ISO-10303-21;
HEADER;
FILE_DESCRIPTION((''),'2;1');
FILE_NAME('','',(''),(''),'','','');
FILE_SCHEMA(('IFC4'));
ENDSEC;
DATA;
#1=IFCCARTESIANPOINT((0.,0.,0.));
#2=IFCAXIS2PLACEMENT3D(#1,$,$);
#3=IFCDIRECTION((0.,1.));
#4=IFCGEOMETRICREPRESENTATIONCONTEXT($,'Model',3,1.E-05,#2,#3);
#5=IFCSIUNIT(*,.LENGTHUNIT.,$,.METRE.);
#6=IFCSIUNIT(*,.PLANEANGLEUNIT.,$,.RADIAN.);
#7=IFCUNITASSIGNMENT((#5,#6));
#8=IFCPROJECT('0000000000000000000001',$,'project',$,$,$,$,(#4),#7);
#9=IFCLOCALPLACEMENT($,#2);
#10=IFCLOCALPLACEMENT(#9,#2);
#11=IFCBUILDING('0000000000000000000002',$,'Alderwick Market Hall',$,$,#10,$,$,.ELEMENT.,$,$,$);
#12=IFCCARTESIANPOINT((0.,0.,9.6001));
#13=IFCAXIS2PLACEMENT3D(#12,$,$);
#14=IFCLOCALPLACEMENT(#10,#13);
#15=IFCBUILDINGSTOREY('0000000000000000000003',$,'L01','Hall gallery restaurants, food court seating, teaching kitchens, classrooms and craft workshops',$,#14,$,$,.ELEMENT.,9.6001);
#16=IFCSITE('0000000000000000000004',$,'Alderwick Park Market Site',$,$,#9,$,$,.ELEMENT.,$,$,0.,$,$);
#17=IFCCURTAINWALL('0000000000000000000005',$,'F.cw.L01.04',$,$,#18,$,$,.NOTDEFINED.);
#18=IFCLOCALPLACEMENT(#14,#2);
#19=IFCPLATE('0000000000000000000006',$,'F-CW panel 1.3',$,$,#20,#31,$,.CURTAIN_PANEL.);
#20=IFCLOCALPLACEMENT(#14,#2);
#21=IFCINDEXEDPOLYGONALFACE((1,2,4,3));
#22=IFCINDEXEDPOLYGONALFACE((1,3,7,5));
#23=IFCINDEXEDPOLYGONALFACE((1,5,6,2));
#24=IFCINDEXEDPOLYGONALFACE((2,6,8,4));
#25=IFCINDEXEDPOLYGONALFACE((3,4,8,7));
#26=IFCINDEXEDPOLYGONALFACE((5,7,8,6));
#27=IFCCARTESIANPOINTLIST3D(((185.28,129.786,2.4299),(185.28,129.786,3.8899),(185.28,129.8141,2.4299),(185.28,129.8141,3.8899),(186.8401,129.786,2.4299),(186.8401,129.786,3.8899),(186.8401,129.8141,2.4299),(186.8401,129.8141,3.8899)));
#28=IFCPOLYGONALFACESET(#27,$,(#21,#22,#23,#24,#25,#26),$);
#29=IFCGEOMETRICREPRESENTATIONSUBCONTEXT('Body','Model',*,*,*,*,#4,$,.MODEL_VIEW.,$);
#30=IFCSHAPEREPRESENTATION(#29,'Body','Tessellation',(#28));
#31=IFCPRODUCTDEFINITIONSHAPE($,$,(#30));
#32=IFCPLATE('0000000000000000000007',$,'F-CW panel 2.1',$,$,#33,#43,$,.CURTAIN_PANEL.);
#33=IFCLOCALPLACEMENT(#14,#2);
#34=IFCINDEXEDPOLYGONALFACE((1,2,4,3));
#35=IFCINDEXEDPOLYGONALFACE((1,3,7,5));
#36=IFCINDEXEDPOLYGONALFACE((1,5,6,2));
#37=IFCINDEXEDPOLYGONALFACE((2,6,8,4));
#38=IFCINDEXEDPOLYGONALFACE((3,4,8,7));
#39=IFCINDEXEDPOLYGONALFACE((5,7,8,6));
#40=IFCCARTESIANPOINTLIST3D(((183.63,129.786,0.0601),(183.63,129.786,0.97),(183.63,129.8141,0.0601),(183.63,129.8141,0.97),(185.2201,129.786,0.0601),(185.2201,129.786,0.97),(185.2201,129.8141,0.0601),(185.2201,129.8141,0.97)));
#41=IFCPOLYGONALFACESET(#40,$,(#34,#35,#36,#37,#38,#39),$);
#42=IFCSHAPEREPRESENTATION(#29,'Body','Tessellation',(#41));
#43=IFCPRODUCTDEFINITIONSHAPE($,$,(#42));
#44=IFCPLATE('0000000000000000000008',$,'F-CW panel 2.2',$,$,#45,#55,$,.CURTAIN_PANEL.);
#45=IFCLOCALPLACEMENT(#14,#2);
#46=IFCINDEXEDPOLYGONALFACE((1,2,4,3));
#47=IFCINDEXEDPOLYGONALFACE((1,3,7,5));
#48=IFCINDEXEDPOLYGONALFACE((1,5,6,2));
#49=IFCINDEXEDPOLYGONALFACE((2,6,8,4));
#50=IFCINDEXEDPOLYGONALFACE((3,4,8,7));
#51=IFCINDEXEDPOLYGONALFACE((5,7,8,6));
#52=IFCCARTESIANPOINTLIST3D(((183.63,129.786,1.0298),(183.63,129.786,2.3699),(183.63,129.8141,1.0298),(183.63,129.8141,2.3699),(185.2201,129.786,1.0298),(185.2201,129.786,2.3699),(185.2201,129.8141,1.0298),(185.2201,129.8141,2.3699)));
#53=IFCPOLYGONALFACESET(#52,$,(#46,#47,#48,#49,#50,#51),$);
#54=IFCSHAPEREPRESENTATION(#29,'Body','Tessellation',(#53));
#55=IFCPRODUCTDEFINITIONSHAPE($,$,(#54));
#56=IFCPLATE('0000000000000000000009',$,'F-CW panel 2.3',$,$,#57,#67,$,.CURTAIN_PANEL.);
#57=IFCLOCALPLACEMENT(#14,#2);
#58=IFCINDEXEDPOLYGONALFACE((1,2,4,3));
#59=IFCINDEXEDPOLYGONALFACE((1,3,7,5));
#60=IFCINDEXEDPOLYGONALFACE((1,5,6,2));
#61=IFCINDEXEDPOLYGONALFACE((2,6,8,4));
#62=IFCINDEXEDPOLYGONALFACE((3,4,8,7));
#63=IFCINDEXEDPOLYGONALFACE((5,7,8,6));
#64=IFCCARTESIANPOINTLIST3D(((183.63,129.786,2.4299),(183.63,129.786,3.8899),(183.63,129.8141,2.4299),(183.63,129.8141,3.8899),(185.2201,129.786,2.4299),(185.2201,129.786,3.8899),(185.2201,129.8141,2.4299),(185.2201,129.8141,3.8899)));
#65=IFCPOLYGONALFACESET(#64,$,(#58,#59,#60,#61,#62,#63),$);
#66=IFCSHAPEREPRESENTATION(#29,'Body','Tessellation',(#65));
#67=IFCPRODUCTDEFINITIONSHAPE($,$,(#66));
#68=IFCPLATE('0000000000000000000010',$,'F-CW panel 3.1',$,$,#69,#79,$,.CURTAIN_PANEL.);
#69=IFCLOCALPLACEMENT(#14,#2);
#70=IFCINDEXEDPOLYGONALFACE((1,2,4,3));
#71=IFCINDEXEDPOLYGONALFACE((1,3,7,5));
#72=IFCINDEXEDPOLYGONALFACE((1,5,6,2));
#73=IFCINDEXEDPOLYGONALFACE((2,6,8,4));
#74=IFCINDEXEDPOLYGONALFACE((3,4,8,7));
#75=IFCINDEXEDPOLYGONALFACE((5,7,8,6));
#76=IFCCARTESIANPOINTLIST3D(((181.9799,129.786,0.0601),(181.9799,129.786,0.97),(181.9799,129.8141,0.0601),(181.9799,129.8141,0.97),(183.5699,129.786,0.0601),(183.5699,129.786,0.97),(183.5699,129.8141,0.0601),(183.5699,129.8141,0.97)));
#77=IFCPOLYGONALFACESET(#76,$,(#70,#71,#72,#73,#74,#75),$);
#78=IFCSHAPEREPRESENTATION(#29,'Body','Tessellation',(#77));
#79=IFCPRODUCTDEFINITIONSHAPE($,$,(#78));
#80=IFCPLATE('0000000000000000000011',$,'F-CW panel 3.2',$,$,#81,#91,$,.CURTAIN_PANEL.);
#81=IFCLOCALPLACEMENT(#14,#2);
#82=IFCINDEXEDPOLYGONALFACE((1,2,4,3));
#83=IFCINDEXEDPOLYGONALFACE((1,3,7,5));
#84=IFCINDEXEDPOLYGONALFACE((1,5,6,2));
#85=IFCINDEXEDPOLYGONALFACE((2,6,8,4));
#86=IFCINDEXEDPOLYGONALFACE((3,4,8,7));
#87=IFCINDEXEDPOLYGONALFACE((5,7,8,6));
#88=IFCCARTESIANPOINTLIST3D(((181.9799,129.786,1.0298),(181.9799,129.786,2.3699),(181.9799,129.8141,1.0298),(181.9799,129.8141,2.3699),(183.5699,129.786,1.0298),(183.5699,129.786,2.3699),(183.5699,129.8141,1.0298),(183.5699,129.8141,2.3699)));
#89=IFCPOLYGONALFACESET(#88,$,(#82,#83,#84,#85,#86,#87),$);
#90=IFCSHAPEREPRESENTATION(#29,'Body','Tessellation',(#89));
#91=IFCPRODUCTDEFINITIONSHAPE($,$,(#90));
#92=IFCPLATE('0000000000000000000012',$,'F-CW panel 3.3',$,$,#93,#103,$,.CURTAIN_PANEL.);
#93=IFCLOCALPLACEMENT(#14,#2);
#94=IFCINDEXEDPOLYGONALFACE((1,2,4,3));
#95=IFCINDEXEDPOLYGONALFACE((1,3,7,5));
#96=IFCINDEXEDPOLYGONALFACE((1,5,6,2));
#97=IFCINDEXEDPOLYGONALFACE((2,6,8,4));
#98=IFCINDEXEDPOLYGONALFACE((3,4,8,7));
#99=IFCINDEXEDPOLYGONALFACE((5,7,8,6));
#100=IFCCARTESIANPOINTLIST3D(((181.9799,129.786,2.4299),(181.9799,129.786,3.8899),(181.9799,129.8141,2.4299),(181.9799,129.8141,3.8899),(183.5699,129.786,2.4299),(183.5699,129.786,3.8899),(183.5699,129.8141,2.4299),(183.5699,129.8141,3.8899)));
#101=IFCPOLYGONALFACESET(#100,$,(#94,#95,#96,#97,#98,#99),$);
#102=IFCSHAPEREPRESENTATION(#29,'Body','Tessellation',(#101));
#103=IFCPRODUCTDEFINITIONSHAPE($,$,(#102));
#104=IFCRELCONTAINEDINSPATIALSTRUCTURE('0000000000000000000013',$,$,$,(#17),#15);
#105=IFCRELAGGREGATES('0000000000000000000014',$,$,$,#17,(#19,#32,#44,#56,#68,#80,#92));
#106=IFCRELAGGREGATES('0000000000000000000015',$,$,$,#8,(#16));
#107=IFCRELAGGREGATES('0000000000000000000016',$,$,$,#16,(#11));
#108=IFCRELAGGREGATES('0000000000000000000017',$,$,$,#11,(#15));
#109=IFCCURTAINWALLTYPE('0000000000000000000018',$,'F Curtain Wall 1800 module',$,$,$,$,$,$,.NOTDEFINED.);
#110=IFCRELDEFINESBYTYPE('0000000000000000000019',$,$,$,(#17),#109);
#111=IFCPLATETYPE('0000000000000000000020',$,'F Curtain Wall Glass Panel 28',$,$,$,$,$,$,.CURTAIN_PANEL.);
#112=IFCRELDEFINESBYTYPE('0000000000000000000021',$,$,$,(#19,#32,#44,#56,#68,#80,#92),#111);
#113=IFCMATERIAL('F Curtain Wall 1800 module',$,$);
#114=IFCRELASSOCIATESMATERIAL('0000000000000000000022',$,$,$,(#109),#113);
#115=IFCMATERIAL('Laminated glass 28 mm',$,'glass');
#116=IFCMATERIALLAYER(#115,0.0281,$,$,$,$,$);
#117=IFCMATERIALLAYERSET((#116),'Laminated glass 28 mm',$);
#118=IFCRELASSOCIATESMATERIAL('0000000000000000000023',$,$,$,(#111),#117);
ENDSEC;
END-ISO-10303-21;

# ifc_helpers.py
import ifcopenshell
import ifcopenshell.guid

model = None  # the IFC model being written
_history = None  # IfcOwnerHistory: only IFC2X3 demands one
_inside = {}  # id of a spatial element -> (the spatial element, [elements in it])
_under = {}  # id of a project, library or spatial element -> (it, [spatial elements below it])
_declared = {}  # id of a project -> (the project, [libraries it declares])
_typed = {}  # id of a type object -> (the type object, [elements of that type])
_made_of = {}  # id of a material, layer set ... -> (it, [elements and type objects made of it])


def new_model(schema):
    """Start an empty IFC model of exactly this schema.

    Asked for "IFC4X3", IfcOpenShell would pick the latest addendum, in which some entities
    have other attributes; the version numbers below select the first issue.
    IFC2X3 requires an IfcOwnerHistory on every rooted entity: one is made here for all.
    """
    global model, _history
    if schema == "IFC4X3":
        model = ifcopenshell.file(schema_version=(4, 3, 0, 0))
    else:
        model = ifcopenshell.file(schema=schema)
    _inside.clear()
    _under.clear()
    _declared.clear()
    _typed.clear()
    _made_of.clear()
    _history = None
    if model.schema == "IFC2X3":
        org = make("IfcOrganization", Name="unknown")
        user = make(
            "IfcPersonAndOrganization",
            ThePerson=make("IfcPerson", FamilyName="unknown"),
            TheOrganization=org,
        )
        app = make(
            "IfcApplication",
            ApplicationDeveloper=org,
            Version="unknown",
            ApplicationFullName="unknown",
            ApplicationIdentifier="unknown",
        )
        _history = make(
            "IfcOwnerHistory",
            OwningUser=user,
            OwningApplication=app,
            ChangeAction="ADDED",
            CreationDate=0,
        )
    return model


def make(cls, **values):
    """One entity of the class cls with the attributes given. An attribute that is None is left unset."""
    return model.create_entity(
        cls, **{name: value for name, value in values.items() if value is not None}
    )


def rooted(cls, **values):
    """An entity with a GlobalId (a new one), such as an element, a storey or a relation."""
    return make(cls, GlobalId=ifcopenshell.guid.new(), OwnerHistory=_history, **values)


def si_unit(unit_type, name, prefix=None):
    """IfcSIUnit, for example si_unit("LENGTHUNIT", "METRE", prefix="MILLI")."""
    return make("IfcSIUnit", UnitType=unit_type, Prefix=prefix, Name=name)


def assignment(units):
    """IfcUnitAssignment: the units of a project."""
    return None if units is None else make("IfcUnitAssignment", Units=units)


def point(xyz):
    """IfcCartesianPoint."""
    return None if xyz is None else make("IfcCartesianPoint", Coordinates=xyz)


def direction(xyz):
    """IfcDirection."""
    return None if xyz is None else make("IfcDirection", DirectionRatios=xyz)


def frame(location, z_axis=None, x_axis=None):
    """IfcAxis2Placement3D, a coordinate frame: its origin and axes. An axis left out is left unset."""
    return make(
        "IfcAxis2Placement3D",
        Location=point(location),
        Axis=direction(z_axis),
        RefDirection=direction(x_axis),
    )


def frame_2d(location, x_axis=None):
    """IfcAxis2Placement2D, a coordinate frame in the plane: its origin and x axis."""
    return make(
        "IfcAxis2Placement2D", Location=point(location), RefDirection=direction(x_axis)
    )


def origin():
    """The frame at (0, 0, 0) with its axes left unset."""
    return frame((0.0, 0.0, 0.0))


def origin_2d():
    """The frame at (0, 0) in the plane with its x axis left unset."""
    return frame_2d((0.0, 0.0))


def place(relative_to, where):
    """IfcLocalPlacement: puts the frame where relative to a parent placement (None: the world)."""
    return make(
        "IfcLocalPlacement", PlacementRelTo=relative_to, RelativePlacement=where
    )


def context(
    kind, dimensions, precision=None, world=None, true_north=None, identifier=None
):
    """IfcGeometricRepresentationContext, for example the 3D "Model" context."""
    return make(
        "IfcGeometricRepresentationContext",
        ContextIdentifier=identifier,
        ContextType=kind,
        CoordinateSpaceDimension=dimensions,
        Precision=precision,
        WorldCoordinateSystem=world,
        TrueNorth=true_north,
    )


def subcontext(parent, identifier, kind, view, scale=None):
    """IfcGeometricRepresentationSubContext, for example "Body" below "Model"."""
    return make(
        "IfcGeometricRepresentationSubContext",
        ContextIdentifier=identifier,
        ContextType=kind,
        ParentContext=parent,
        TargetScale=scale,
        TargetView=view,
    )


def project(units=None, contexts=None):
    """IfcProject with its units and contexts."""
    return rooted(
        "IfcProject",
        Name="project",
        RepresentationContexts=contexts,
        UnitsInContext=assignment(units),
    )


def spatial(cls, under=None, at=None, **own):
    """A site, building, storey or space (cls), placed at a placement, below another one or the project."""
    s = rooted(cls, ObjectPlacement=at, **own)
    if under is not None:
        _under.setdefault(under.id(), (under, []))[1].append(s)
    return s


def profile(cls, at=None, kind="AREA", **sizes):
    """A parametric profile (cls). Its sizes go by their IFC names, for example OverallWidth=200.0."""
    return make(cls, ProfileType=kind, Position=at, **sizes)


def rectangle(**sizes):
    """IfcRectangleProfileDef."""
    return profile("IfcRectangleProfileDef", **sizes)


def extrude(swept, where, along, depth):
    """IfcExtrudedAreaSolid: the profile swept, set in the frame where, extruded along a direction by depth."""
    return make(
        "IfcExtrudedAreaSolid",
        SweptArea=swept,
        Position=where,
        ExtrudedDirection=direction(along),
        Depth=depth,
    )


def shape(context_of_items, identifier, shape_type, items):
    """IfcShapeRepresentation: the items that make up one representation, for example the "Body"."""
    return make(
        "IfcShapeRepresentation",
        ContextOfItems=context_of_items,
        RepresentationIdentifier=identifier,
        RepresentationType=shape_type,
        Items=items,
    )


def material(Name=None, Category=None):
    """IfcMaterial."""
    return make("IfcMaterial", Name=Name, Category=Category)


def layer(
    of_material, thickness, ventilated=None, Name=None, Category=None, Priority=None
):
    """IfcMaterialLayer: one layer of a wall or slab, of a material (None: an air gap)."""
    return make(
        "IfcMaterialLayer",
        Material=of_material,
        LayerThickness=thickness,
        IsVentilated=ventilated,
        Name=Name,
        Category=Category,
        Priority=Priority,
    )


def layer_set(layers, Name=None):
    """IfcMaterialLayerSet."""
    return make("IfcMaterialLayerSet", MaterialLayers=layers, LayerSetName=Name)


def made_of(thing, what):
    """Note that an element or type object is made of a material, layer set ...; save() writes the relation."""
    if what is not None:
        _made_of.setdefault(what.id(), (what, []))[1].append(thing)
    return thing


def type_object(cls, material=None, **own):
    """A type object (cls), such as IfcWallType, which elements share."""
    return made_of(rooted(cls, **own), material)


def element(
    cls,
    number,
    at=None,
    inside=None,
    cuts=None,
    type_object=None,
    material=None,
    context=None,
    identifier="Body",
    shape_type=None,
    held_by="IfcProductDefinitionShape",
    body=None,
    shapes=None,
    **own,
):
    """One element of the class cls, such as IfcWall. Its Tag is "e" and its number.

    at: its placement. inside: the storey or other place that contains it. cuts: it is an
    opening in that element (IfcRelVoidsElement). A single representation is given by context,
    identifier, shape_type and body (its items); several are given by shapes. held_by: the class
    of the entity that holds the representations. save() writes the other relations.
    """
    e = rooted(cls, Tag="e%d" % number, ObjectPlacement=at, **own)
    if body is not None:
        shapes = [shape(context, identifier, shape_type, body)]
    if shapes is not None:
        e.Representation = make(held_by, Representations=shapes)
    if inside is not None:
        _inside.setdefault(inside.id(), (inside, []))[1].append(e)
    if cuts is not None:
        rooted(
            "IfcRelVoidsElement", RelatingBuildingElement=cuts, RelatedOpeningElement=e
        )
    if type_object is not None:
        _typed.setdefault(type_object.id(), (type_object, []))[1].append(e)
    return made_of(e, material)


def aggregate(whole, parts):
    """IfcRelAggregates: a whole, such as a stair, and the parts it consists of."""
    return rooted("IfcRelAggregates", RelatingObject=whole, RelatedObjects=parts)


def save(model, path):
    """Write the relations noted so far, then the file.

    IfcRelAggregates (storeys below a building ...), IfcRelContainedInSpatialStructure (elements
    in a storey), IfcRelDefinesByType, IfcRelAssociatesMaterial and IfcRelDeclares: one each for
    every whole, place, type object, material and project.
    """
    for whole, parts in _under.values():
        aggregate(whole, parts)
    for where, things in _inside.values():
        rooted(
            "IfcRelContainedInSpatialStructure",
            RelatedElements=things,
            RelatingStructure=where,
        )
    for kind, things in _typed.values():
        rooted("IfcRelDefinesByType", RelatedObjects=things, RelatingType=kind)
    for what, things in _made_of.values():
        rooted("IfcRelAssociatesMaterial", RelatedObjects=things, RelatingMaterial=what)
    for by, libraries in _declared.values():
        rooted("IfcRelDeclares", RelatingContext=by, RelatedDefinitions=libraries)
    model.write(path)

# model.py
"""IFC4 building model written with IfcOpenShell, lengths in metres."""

from ifc_helpers import new_model, si_unit, direction, frame, origin, origin_2d, place, context, subcontext, project, spatial, rectangle, extrude, material, layer, layer_set, type_object, element, aggregate, save


model = new_model("IFC4")

# Units and contexts
model_context = context("Model", 3, precision=1e-05, world=origin(), true_north=direction((0.0, 1.0)))
body_context = subcontext(model_context, "Body", "Model", "MODEL_VIEW")
ifc_project = project(units=[si_unit("LENGTHUNIT", "METRE"), si_unit("PLANEANGLEUNIT", "RADIAN")], contexts=[model_context])

# Site, building, storey
site_placement = place(None, origin())
site = spatial("IfcSite", under=ifc_project, at=site_placement, Name="Alderwick Park Market Site", CompositionType="ELEMENT", RefElevation=0.0)
building_placement = place(site_placement, origin())
building = spatial("IfcBuilding", under=site, at=building_placement, Name="Alderwick Market Hall", CompositionType="ELEMENT")
storey_placement = place(building_placement, frame((0.0, 0.0, 9.6001)))
storey = spatial("IfcBuildingStorey", under=building, at=storey_placement, Name="L01", Description="Hall gallery restaurants, food court seating, teaching kitchens, classrooms and craft workshops", CompositionType="ELEMENT", Elevation=9.6001)

# Curtain wall, plates
ifc_material_1 = material(Name="F Curtain Wall 1800 module")
curtain_wall_type = type_object("IfcCurtainWallType", Name="F Curtain Wall 1800 module", PredefinedType="NOTDEFINED", material=ifc_material_1)
curtain_wall_placement = place(storey_placement, origin())
curtain_wall = element("IfcCurtainWall", 1, at=curtain_wall_placement, inside=storey, type_object=curtain_wall_type, Name="F.cw.L01.04", PredefinedType="NOTDEFINED")
ifc_material_2 = material(Name="Laminated glass 28 mm", Category="glass")
ifc_layer = layer(ifc_material_2, 0.0281)
ifc_layer_set = layer_set([ifc_layer], Name="Laminated glass 28 mm")
plate_type = type_object("IfcPlateType", Name="F Curtain Wall Glass Panel 28", PredefinedType="CURTAIN_PANEL", material=ifc_layer_set)
plate_1_placement = place(storey_placement, frame((186.0601, 129.8, 2.4299), z_axis=(0.0, 0.0, 1.0), x_axis=(-1.0, 0.0, 0.0)))
plate_1 = element("IfcPlate", 2, at=plate_1_placement, type_object=plate_type, Name="F-CW panel 1.3", PredefinedType="CURTAIN_PANEL", context=body_context, shape_type="SweptSolid", body=[
    extrude(rectangle(XDim=1.5601, YDim=0.0281, at=origin_2d()), origin(), (0.0, 0.0, 1.0), 1.46),
])
plate_2_placement = place(storey_placement, frame((184.425, 129.8, 0.0601), z_axis=(0.0, 0.0, 1.0), x_axis=(-1.0, 0.0, 0.0)))
plate_2 = element("IfcPlate", 3, at=plate_2_placement, type_object=plate_type, Name="F-CW panel 2.1", PredefinedType="CURTAIN_PANEL", context=body_context, shape_type="SweptSolid", body=[
    extrude(rectangle(XDim=1.5901, YDim=0.0281, at=origin_2d()), origin(), (0.0, 0.0, 1.0), 0.9099),
])
plate_3_placement = place(storey_placement, frame((184.425, 129.8, 1.0298), z_axis=(0.0, 0.0, 1.0), x_axis=(-1.0, 0.0, 0.0)))
plate_3 = element("IfcPlate", 4, at=plate_3_placement, type_object=plate_type, Name="F-CW panel 2.2", PredefinedType="CURTAIN_PANEL", context=body_context, shape_type="SweptSolid", body=[
    extrude(rectangle(XDim=1.5901, YDim=0.0281, at=origin_2d()), origin(), (0.0, 0.0, 1.0), 1.3401),
])
plate_4_placement = place(storey_placement, frame((184.425, 129.8, 2.4299), z_axis=(0.0, 0.0, 1.0), x_axis=(-1.0, 0.0, 0.0)))
plate_4 = element("IfcPlate", 5, at=plate_4_placement, type_object=plate_type, Name="F-CW panel 2.3", PredefinedType="CURTAIN_PANEL", context=body_context, shape_type="SweptSolid", body=[
    extrude(rectangle(XDim=1.5901, YDim=0.0281, at=origin_2d()), origin(), (0.0, 0.0, 1.0), 1.46),
])
plate_5_placement = place(storey_placement, frame((182.7749, 129.8, 0.0601), z_axis=(0.0, 0.0, 1.0), x_axis=(-1.0, 0.0, 0.0)))
plate_5 = element("IfcPlate", 6, at=plate_5_placement, type_object=plate_type, Name="F-CW panel 3.1", PredefinedType="CURTAIN_PANEL", context=body_context, shape_type="SweptSolid", body=[
    extrude(rectangle(XDim=1.5901, YDim=0.0281, at=origin_2d()), origin(), (0.0, 0.0, 1.0), 0.9099),
])
plate_6_placement = place(storey_placement, frame((182.7749, 129.8, 1.0298), z_axis=(0.0, 0.0, 1.0), x_axis=(-1.0, 0.0, 0.0)))
plate_6 = element("IfcPlate", 7, at=plate_6_placement, type_object=plate_type, Name="F-CW panel 3.2", PredefinedType="CURTAIN_PANEL", context=body_context, shape_type="SweptSolid", body=[
    extrude(rectangle(XDim=1.5901, YDim=0.0281, at=origin_2d()), origin(), (0.0, 0.0, 1.0), 1.3401),
])
plate_7_placement = place(storey_placement, frame((182.7749, 129.8, 2.4299), z_axis=(0.0, 0.0, 1.0), x_axis=(-1.0, 0.0, 0.0)))
plate_7 = element("IfcPlate", 8, at=plate_7_placement, type_object=plate_type, Name="F-CW panel 3.3", PredefinedType="CURTAIN_PANEL", context=body_context, shape_type="SweptSolid", body=[
    extrude(rectangle(XDim=1.5901, YDim=0.0281, at=origin_2d()), origin(), (0.0, 0.0, 1.0), 1.46),
])
aggregate(curtain_wall, [plate_1, plate_2, plate_3, plate_4, plate_5, plate_6, plate_7])

save(model, "model.ifc")
